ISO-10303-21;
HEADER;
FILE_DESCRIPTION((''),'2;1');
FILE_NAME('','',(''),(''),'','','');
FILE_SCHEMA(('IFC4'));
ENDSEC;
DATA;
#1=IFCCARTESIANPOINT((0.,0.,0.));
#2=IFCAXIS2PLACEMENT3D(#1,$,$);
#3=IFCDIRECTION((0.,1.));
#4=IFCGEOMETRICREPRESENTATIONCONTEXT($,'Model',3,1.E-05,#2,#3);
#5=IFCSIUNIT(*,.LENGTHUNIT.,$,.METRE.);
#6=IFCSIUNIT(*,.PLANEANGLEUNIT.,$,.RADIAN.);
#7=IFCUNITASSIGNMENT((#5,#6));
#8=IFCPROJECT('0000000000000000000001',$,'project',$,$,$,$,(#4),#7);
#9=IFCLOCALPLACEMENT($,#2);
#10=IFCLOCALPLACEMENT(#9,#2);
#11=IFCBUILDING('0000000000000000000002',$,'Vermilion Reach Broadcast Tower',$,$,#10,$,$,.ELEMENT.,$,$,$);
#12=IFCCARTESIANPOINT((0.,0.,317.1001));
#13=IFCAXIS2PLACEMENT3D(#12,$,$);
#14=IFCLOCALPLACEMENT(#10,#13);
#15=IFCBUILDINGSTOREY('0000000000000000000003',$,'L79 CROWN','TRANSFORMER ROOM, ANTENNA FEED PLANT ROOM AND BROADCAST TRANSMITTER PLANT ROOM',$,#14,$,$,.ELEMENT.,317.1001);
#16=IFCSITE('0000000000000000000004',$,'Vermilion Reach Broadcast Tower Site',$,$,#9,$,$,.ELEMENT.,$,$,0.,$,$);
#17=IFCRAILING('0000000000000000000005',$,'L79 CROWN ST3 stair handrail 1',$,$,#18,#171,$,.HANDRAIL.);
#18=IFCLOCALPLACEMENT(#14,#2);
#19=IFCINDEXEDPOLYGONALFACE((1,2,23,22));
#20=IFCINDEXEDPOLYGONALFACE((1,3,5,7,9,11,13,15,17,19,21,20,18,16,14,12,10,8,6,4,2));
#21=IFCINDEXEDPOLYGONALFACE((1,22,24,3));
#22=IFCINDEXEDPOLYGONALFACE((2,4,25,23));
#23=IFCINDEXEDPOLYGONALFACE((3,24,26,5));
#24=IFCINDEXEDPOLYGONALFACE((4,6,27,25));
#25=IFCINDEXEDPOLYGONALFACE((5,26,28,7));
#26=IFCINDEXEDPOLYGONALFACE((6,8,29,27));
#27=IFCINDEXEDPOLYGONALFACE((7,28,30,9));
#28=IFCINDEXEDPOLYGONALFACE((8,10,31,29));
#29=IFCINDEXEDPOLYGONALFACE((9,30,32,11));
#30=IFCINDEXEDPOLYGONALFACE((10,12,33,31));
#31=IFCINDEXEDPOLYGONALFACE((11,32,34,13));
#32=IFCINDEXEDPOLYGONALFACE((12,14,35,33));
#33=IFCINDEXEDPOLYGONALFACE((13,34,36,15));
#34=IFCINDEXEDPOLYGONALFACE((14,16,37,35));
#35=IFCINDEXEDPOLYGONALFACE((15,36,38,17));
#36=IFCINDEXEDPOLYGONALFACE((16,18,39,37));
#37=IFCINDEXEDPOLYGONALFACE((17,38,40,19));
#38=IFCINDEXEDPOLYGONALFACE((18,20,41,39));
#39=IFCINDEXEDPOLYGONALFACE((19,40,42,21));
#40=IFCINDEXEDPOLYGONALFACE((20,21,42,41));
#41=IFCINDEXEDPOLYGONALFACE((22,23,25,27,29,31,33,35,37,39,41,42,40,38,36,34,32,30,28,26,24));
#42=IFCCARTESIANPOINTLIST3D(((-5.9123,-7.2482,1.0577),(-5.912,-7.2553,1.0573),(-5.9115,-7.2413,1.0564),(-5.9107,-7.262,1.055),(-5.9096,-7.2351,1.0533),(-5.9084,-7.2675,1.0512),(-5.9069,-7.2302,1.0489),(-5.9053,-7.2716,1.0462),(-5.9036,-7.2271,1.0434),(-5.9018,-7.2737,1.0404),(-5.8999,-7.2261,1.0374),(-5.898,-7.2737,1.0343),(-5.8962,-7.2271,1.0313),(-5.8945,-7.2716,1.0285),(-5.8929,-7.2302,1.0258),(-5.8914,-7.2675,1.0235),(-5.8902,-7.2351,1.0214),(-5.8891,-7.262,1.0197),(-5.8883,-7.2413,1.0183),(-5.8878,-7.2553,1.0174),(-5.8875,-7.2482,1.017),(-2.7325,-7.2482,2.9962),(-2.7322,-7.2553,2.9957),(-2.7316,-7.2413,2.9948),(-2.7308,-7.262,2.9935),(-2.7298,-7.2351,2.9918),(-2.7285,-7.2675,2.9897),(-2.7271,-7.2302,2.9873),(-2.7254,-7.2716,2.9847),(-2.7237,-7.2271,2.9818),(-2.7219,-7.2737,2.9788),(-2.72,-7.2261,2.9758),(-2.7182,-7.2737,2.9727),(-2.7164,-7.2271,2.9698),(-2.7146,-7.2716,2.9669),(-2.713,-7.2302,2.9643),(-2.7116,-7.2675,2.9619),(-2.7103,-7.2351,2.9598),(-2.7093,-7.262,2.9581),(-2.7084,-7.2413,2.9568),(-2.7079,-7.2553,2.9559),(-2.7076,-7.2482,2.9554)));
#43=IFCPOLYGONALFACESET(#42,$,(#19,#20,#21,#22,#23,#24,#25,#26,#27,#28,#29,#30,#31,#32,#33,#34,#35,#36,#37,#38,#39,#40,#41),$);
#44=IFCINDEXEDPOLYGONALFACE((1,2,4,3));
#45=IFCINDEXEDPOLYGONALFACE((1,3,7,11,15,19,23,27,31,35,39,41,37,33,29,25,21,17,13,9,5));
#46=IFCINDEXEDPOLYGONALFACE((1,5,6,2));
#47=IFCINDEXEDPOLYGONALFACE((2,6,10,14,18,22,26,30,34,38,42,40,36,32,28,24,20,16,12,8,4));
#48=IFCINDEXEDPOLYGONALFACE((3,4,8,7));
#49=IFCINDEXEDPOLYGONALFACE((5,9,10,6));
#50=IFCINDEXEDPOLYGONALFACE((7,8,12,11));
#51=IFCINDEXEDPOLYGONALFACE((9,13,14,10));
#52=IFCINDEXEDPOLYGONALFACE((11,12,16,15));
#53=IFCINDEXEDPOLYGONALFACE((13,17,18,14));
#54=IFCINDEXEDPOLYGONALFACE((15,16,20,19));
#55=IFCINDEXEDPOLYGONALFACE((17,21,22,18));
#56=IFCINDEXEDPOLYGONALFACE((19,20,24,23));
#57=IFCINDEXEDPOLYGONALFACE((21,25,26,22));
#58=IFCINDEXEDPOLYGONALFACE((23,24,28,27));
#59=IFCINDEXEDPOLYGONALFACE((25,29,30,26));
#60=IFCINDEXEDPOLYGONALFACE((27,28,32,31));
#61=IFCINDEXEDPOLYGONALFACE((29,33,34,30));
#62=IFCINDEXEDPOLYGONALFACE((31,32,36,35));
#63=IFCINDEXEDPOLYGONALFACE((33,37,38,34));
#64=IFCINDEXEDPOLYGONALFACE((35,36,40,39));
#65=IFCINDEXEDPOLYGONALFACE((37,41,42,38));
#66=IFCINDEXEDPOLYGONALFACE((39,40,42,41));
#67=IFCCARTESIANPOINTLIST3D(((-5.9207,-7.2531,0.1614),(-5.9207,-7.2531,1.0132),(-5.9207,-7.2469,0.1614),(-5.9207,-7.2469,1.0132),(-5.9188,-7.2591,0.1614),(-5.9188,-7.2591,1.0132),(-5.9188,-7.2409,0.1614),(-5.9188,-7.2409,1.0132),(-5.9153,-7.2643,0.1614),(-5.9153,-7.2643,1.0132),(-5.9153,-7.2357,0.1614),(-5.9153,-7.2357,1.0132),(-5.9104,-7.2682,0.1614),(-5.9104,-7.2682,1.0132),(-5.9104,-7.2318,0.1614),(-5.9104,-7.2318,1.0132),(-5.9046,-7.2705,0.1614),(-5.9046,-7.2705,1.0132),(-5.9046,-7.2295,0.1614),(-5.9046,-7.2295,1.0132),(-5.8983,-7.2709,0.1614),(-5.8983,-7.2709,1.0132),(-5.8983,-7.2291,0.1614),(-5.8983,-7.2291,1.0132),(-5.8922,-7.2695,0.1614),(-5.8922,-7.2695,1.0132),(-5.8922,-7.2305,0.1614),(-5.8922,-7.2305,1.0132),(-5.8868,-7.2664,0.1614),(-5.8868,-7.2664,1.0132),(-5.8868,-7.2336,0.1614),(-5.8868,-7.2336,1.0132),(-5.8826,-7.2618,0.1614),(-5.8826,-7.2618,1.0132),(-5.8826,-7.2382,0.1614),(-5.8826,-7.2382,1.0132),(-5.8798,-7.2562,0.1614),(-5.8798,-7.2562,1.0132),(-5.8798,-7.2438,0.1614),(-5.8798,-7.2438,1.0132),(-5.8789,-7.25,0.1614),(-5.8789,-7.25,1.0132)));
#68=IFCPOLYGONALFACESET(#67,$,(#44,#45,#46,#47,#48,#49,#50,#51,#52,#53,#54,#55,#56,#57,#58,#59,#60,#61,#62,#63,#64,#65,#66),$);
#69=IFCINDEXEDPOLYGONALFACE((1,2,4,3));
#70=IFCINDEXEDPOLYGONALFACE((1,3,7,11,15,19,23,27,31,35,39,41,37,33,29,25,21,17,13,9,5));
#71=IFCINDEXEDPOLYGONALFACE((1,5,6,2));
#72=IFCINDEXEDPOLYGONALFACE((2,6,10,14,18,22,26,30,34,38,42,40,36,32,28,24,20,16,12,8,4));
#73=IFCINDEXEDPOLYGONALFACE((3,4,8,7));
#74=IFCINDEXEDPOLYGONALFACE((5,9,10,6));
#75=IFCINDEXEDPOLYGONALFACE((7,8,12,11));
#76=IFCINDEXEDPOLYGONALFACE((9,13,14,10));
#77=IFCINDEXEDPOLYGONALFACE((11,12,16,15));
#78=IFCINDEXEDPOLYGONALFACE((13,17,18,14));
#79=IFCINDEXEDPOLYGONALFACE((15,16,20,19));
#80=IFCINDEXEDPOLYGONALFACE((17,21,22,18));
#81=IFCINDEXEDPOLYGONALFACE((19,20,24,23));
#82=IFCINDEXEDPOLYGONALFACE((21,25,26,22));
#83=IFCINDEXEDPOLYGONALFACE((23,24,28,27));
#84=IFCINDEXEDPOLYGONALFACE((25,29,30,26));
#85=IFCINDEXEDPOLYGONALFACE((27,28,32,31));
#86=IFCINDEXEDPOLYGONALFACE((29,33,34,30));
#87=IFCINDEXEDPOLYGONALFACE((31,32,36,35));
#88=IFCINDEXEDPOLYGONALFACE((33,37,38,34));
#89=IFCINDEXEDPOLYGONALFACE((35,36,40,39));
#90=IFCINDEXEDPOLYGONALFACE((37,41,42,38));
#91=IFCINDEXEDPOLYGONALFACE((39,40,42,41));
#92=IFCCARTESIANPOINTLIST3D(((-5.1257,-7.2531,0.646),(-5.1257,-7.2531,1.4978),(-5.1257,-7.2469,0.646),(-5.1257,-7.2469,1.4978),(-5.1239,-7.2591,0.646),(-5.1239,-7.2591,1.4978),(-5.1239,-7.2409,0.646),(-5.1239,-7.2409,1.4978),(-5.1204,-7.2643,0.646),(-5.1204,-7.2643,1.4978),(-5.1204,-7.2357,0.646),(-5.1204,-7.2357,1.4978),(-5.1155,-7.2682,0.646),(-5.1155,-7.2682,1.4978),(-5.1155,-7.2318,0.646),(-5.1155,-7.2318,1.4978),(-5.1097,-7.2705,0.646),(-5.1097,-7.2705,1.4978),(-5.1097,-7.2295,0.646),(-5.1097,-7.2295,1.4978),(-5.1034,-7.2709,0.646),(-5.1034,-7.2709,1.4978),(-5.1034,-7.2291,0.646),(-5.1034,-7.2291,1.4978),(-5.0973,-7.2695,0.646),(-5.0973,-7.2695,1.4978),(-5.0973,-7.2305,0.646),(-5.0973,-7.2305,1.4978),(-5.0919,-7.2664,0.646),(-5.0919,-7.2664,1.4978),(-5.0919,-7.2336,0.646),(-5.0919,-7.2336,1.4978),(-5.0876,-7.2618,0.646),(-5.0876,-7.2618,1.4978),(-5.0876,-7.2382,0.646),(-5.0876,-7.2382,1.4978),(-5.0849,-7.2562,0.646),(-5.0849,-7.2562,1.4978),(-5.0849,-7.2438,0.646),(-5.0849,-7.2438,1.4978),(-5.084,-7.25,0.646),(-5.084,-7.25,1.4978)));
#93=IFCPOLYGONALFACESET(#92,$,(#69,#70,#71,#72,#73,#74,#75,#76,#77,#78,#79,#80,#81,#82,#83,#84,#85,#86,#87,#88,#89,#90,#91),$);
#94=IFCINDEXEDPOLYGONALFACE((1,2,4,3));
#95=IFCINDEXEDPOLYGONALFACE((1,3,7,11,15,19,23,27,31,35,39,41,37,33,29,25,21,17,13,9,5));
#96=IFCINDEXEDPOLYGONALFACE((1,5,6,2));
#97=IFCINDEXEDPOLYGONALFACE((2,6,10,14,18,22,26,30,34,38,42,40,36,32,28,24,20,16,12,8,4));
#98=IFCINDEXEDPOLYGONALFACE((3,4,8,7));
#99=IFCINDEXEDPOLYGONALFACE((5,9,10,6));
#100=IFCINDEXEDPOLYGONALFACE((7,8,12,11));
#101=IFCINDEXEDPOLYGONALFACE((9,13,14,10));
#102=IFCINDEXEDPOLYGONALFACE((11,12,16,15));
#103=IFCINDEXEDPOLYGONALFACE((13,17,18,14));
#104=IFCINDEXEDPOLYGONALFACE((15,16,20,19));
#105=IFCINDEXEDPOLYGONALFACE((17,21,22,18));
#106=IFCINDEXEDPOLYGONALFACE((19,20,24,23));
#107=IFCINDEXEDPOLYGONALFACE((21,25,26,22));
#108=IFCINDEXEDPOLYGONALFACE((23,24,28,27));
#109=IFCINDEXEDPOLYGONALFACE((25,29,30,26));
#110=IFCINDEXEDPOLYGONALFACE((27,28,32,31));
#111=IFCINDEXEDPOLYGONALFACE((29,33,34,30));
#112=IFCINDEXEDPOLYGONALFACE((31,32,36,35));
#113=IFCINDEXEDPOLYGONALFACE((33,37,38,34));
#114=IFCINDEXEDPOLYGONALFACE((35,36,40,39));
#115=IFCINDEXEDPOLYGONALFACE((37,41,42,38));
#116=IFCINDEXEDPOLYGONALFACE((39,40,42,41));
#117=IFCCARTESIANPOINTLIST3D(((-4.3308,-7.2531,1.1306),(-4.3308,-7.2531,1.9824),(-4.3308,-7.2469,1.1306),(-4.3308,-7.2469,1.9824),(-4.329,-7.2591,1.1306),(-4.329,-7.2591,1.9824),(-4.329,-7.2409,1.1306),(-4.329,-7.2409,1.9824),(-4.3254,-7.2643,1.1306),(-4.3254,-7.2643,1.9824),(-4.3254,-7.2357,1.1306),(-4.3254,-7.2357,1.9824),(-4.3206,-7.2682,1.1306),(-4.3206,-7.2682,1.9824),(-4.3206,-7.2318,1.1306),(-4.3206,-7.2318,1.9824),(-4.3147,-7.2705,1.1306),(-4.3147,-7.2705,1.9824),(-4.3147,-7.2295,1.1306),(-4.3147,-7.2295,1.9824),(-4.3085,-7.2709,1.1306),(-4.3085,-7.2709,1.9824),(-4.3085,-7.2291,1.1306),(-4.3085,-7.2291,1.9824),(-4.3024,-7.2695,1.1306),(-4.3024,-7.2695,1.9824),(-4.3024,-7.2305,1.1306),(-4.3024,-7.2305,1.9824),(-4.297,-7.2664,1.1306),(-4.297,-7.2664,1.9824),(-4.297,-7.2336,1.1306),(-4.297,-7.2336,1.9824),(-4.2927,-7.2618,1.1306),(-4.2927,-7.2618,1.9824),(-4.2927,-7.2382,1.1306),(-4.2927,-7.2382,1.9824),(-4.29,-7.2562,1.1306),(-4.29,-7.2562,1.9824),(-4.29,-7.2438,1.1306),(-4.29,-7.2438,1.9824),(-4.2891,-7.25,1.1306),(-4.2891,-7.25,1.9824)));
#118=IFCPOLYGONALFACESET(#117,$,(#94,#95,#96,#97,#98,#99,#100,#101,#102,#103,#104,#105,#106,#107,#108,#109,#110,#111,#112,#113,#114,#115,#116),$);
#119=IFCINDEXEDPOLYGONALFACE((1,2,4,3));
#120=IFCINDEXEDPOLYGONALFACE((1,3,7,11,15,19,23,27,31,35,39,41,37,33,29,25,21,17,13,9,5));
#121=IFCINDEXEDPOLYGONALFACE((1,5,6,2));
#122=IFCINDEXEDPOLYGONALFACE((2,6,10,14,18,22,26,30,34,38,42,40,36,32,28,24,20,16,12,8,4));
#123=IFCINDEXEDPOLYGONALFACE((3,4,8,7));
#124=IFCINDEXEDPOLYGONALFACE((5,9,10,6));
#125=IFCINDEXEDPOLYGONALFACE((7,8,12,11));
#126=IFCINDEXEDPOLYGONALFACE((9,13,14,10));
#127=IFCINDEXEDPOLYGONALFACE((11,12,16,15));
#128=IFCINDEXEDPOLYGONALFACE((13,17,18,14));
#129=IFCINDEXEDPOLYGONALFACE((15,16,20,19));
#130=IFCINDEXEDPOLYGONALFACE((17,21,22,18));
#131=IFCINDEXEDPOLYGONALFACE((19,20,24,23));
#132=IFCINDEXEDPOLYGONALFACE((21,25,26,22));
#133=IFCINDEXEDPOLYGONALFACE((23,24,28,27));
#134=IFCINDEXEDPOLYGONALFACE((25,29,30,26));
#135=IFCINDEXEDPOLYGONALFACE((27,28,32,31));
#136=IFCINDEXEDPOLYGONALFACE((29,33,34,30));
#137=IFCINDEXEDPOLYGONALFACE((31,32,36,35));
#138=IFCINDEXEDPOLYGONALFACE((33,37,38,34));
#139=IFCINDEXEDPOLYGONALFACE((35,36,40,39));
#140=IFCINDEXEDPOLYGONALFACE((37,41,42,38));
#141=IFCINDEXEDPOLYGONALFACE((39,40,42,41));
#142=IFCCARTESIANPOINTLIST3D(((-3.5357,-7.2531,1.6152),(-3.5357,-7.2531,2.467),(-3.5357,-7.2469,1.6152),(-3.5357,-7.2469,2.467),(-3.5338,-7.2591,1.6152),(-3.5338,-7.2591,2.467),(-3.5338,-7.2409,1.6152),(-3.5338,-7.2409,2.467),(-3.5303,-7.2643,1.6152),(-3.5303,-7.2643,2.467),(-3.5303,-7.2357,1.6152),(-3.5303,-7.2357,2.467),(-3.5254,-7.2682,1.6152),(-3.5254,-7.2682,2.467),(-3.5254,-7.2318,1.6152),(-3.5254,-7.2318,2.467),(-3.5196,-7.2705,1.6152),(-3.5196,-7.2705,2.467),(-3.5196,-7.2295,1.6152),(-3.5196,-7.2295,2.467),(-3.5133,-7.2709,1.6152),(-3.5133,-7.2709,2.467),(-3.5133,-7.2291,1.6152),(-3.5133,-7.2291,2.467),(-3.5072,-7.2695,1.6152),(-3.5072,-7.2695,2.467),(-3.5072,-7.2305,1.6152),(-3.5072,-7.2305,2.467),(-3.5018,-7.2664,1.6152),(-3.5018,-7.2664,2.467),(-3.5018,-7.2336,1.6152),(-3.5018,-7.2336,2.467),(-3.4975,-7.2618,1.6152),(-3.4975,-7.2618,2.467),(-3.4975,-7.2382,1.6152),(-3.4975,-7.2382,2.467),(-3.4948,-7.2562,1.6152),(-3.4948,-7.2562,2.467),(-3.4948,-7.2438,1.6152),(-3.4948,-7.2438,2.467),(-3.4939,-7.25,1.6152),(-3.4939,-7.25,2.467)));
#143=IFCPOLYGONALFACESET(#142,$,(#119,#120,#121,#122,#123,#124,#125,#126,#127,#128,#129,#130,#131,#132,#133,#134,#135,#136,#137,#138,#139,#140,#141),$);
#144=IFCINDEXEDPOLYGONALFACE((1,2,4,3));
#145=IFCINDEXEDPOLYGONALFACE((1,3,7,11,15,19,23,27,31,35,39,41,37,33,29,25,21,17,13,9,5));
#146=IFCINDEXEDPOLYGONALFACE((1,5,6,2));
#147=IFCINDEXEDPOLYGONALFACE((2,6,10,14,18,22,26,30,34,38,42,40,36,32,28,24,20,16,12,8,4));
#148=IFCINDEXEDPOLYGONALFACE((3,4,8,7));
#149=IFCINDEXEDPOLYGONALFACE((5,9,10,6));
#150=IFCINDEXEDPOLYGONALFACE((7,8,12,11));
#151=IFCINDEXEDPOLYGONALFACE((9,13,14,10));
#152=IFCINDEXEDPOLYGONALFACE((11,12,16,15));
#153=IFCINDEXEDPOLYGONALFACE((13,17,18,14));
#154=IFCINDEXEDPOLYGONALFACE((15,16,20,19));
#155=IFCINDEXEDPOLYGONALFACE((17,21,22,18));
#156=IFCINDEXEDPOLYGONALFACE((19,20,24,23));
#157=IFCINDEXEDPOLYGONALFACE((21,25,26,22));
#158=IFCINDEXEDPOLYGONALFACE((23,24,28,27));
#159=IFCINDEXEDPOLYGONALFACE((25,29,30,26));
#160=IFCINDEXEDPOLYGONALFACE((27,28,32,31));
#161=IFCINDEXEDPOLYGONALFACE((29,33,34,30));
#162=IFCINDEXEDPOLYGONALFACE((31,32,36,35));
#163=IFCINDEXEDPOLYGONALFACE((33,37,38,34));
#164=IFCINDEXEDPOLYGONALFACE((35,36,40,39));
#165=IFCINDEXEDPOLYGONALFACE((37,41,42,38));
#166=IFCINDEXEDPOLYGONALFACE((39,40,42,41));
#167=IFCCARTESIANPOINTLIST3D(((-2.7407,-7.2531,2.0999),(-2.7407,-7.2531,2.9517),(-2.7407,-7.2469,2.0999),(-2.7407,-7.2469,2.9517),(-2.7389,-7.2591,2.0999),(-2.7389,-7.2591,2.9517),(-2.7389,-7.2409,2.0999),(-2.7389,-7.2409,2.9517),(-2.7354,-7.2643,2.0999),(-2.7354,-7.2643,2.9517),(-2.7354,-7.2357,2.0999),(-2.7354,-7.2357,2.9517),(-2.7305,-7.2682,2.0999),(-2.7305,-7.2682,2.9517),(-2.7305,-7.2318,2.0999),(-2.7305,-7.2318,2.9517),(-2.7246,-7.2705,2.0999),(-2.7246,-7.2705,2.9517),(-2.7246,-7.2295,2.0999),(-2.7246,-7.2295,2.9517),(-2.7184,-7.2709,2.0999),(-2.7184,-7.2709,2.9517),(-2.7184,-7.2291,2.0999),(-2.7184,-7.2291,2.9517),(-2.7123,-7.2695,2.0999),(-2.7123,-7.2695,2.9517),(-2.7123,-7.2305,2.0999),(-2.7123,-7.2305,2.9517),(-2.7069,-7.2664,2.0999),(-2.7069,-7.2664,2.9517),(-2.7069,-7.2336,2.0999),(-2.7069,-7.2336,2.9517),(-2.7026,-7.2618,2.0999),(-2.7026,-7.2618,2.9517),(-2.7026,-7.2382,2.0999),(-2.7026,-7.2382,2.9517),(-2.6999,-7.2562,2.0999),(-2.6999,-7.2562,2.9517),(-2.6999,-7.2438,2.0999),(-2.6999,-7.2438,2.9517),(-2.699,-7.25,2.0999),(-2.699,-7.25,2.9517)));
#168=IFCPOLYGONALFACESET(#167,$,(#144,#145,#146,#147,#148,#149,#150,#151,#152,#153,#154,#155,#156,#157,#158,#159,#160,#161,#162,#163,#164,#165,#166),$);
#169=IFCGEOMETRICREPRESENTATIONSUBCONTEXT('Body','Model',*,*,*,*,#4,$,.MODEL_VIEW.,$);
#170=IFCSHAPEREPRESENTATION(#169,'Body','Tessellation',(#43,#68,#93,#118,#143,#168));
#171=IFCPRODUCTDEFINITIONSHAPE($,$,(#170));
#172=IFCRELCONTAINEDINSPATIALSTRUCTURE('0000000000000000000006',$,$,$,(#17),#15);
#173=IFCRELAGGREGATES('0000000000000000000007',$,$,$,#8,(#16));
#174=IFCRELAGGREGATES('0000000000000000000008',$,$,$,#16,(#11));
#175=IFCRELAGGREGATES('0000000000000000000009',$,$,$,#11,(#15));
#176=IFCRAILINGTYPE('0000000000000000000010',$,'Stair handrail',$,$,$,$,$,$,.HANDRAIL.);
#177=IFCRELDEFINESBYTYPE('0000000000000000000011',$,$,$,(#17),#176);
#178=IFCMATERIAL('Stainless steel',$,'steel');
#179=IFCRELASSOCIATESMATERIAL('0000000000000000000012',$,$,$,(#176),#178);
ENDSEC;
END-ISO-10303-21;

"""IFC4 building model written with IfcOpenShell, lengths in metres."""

from ifc_helpers import new_model, si_unit, direction, frame, origin, origin_2d, place, context, subcontext, project, spatial, circle, extrude, material, type_object, element, save


model = new_model("IFC4")

# Units and contexts
model_context = context("Model", 3, precision=1e-05, world=origin(), true_north=direction((0.0, 1.0)))
body_context = subcontext(model_context, "Body", "Model", "MODEL_VIEW")
ifc_project = project(units=[si_unit("LENGTHUNIT", "METRE"), si_unit("PLANEANGLEUNIT", "RADIAN")], contexts=[model_context])

# Site, building, storey
site_placement = place(None, origin())
site = spatial("IfcSite", under=ifc_project, at=site_placement, Name="Vermilion Reach Broadcast Tower Site", CompositionType="ELEMENT", RefElevation=0.0)
building_placement = place(site_placement, origin())
building = spatial("IfcBuilding", under=site, at=building_placement, Name="Vermilion Reach Broadcast Tower", CompositionType="ELEMENT")
storey_placement = place(building_placement, frame((0.0, 0.0, 317.1001)))
storey = spatial("IfcBuildingStorey", under=building, at=storey_placement, Name="L79 CROWN", Description="TRANSFORMER ROOM, ANTENNA FEED PLANT ROOM AND BROADCAST TRANSMITTER PLANT ROOM", CompositionType="ELEMENT", Elevation=317.1001)

# Railing
ifc_material_1 = material(Name="Stainless steel", Category="steel")
railing_type_1 = type_object("IfcRailingType", Name="Stair handrail", PredefinedType="HANDRAIL", material=ifc_material_1)
railing_1_placement = place(storey_placement, frame((-5.8999, -7.25, 0.1614)))
element("IfcRailing", 1, at=railing_1_placement, inside=storey, type_object=railing_type_1, Name="L79 CROWN ST3 stair handrail 1", PredefinedType="HANDRAIL", context=body_context, shape_type="SweptSolid", body=[
    extrude(circle(Radius=0.0239, at=origin_2d()), frame((0.0, 0.0, 0.876), z_axis=(0.853857, 0.0, 0.520508), x_axis=(0.0, 1.0, 0.0)), (0.0, 0.0, 1.0), 3.7241),
    extrude(circle(Radius=0.021, at=origin_2d()), origin(), (0.0, 0.0, 1.0), 0.8518),
    extrude(circle(Radius=0.021, at=origin_2d()), frame((0.7949, 0.0, 0.4846)), (0.0, 0.0, 1.0), 0.8518),
    extrude(circle(Radius=0.021, at=origin_2d()), frame((1.5898, 0.0, 0.9692)), (0.0, 0.0, 1.0), 0.8518),
    extrude(circle(Radius=0.021, at=origin_2d()), frame((2.385, 0.0, 1.4539)), (0.0, 0.0, 1.0), 0.8518),
    extrude(circle(Radius=0.021, at=origin_2d()), frame((3.1799, 0.0, 1.9385)), (0.0, 0.0, 1.0), 0.8518),
])

save(model, "model.ifc")
